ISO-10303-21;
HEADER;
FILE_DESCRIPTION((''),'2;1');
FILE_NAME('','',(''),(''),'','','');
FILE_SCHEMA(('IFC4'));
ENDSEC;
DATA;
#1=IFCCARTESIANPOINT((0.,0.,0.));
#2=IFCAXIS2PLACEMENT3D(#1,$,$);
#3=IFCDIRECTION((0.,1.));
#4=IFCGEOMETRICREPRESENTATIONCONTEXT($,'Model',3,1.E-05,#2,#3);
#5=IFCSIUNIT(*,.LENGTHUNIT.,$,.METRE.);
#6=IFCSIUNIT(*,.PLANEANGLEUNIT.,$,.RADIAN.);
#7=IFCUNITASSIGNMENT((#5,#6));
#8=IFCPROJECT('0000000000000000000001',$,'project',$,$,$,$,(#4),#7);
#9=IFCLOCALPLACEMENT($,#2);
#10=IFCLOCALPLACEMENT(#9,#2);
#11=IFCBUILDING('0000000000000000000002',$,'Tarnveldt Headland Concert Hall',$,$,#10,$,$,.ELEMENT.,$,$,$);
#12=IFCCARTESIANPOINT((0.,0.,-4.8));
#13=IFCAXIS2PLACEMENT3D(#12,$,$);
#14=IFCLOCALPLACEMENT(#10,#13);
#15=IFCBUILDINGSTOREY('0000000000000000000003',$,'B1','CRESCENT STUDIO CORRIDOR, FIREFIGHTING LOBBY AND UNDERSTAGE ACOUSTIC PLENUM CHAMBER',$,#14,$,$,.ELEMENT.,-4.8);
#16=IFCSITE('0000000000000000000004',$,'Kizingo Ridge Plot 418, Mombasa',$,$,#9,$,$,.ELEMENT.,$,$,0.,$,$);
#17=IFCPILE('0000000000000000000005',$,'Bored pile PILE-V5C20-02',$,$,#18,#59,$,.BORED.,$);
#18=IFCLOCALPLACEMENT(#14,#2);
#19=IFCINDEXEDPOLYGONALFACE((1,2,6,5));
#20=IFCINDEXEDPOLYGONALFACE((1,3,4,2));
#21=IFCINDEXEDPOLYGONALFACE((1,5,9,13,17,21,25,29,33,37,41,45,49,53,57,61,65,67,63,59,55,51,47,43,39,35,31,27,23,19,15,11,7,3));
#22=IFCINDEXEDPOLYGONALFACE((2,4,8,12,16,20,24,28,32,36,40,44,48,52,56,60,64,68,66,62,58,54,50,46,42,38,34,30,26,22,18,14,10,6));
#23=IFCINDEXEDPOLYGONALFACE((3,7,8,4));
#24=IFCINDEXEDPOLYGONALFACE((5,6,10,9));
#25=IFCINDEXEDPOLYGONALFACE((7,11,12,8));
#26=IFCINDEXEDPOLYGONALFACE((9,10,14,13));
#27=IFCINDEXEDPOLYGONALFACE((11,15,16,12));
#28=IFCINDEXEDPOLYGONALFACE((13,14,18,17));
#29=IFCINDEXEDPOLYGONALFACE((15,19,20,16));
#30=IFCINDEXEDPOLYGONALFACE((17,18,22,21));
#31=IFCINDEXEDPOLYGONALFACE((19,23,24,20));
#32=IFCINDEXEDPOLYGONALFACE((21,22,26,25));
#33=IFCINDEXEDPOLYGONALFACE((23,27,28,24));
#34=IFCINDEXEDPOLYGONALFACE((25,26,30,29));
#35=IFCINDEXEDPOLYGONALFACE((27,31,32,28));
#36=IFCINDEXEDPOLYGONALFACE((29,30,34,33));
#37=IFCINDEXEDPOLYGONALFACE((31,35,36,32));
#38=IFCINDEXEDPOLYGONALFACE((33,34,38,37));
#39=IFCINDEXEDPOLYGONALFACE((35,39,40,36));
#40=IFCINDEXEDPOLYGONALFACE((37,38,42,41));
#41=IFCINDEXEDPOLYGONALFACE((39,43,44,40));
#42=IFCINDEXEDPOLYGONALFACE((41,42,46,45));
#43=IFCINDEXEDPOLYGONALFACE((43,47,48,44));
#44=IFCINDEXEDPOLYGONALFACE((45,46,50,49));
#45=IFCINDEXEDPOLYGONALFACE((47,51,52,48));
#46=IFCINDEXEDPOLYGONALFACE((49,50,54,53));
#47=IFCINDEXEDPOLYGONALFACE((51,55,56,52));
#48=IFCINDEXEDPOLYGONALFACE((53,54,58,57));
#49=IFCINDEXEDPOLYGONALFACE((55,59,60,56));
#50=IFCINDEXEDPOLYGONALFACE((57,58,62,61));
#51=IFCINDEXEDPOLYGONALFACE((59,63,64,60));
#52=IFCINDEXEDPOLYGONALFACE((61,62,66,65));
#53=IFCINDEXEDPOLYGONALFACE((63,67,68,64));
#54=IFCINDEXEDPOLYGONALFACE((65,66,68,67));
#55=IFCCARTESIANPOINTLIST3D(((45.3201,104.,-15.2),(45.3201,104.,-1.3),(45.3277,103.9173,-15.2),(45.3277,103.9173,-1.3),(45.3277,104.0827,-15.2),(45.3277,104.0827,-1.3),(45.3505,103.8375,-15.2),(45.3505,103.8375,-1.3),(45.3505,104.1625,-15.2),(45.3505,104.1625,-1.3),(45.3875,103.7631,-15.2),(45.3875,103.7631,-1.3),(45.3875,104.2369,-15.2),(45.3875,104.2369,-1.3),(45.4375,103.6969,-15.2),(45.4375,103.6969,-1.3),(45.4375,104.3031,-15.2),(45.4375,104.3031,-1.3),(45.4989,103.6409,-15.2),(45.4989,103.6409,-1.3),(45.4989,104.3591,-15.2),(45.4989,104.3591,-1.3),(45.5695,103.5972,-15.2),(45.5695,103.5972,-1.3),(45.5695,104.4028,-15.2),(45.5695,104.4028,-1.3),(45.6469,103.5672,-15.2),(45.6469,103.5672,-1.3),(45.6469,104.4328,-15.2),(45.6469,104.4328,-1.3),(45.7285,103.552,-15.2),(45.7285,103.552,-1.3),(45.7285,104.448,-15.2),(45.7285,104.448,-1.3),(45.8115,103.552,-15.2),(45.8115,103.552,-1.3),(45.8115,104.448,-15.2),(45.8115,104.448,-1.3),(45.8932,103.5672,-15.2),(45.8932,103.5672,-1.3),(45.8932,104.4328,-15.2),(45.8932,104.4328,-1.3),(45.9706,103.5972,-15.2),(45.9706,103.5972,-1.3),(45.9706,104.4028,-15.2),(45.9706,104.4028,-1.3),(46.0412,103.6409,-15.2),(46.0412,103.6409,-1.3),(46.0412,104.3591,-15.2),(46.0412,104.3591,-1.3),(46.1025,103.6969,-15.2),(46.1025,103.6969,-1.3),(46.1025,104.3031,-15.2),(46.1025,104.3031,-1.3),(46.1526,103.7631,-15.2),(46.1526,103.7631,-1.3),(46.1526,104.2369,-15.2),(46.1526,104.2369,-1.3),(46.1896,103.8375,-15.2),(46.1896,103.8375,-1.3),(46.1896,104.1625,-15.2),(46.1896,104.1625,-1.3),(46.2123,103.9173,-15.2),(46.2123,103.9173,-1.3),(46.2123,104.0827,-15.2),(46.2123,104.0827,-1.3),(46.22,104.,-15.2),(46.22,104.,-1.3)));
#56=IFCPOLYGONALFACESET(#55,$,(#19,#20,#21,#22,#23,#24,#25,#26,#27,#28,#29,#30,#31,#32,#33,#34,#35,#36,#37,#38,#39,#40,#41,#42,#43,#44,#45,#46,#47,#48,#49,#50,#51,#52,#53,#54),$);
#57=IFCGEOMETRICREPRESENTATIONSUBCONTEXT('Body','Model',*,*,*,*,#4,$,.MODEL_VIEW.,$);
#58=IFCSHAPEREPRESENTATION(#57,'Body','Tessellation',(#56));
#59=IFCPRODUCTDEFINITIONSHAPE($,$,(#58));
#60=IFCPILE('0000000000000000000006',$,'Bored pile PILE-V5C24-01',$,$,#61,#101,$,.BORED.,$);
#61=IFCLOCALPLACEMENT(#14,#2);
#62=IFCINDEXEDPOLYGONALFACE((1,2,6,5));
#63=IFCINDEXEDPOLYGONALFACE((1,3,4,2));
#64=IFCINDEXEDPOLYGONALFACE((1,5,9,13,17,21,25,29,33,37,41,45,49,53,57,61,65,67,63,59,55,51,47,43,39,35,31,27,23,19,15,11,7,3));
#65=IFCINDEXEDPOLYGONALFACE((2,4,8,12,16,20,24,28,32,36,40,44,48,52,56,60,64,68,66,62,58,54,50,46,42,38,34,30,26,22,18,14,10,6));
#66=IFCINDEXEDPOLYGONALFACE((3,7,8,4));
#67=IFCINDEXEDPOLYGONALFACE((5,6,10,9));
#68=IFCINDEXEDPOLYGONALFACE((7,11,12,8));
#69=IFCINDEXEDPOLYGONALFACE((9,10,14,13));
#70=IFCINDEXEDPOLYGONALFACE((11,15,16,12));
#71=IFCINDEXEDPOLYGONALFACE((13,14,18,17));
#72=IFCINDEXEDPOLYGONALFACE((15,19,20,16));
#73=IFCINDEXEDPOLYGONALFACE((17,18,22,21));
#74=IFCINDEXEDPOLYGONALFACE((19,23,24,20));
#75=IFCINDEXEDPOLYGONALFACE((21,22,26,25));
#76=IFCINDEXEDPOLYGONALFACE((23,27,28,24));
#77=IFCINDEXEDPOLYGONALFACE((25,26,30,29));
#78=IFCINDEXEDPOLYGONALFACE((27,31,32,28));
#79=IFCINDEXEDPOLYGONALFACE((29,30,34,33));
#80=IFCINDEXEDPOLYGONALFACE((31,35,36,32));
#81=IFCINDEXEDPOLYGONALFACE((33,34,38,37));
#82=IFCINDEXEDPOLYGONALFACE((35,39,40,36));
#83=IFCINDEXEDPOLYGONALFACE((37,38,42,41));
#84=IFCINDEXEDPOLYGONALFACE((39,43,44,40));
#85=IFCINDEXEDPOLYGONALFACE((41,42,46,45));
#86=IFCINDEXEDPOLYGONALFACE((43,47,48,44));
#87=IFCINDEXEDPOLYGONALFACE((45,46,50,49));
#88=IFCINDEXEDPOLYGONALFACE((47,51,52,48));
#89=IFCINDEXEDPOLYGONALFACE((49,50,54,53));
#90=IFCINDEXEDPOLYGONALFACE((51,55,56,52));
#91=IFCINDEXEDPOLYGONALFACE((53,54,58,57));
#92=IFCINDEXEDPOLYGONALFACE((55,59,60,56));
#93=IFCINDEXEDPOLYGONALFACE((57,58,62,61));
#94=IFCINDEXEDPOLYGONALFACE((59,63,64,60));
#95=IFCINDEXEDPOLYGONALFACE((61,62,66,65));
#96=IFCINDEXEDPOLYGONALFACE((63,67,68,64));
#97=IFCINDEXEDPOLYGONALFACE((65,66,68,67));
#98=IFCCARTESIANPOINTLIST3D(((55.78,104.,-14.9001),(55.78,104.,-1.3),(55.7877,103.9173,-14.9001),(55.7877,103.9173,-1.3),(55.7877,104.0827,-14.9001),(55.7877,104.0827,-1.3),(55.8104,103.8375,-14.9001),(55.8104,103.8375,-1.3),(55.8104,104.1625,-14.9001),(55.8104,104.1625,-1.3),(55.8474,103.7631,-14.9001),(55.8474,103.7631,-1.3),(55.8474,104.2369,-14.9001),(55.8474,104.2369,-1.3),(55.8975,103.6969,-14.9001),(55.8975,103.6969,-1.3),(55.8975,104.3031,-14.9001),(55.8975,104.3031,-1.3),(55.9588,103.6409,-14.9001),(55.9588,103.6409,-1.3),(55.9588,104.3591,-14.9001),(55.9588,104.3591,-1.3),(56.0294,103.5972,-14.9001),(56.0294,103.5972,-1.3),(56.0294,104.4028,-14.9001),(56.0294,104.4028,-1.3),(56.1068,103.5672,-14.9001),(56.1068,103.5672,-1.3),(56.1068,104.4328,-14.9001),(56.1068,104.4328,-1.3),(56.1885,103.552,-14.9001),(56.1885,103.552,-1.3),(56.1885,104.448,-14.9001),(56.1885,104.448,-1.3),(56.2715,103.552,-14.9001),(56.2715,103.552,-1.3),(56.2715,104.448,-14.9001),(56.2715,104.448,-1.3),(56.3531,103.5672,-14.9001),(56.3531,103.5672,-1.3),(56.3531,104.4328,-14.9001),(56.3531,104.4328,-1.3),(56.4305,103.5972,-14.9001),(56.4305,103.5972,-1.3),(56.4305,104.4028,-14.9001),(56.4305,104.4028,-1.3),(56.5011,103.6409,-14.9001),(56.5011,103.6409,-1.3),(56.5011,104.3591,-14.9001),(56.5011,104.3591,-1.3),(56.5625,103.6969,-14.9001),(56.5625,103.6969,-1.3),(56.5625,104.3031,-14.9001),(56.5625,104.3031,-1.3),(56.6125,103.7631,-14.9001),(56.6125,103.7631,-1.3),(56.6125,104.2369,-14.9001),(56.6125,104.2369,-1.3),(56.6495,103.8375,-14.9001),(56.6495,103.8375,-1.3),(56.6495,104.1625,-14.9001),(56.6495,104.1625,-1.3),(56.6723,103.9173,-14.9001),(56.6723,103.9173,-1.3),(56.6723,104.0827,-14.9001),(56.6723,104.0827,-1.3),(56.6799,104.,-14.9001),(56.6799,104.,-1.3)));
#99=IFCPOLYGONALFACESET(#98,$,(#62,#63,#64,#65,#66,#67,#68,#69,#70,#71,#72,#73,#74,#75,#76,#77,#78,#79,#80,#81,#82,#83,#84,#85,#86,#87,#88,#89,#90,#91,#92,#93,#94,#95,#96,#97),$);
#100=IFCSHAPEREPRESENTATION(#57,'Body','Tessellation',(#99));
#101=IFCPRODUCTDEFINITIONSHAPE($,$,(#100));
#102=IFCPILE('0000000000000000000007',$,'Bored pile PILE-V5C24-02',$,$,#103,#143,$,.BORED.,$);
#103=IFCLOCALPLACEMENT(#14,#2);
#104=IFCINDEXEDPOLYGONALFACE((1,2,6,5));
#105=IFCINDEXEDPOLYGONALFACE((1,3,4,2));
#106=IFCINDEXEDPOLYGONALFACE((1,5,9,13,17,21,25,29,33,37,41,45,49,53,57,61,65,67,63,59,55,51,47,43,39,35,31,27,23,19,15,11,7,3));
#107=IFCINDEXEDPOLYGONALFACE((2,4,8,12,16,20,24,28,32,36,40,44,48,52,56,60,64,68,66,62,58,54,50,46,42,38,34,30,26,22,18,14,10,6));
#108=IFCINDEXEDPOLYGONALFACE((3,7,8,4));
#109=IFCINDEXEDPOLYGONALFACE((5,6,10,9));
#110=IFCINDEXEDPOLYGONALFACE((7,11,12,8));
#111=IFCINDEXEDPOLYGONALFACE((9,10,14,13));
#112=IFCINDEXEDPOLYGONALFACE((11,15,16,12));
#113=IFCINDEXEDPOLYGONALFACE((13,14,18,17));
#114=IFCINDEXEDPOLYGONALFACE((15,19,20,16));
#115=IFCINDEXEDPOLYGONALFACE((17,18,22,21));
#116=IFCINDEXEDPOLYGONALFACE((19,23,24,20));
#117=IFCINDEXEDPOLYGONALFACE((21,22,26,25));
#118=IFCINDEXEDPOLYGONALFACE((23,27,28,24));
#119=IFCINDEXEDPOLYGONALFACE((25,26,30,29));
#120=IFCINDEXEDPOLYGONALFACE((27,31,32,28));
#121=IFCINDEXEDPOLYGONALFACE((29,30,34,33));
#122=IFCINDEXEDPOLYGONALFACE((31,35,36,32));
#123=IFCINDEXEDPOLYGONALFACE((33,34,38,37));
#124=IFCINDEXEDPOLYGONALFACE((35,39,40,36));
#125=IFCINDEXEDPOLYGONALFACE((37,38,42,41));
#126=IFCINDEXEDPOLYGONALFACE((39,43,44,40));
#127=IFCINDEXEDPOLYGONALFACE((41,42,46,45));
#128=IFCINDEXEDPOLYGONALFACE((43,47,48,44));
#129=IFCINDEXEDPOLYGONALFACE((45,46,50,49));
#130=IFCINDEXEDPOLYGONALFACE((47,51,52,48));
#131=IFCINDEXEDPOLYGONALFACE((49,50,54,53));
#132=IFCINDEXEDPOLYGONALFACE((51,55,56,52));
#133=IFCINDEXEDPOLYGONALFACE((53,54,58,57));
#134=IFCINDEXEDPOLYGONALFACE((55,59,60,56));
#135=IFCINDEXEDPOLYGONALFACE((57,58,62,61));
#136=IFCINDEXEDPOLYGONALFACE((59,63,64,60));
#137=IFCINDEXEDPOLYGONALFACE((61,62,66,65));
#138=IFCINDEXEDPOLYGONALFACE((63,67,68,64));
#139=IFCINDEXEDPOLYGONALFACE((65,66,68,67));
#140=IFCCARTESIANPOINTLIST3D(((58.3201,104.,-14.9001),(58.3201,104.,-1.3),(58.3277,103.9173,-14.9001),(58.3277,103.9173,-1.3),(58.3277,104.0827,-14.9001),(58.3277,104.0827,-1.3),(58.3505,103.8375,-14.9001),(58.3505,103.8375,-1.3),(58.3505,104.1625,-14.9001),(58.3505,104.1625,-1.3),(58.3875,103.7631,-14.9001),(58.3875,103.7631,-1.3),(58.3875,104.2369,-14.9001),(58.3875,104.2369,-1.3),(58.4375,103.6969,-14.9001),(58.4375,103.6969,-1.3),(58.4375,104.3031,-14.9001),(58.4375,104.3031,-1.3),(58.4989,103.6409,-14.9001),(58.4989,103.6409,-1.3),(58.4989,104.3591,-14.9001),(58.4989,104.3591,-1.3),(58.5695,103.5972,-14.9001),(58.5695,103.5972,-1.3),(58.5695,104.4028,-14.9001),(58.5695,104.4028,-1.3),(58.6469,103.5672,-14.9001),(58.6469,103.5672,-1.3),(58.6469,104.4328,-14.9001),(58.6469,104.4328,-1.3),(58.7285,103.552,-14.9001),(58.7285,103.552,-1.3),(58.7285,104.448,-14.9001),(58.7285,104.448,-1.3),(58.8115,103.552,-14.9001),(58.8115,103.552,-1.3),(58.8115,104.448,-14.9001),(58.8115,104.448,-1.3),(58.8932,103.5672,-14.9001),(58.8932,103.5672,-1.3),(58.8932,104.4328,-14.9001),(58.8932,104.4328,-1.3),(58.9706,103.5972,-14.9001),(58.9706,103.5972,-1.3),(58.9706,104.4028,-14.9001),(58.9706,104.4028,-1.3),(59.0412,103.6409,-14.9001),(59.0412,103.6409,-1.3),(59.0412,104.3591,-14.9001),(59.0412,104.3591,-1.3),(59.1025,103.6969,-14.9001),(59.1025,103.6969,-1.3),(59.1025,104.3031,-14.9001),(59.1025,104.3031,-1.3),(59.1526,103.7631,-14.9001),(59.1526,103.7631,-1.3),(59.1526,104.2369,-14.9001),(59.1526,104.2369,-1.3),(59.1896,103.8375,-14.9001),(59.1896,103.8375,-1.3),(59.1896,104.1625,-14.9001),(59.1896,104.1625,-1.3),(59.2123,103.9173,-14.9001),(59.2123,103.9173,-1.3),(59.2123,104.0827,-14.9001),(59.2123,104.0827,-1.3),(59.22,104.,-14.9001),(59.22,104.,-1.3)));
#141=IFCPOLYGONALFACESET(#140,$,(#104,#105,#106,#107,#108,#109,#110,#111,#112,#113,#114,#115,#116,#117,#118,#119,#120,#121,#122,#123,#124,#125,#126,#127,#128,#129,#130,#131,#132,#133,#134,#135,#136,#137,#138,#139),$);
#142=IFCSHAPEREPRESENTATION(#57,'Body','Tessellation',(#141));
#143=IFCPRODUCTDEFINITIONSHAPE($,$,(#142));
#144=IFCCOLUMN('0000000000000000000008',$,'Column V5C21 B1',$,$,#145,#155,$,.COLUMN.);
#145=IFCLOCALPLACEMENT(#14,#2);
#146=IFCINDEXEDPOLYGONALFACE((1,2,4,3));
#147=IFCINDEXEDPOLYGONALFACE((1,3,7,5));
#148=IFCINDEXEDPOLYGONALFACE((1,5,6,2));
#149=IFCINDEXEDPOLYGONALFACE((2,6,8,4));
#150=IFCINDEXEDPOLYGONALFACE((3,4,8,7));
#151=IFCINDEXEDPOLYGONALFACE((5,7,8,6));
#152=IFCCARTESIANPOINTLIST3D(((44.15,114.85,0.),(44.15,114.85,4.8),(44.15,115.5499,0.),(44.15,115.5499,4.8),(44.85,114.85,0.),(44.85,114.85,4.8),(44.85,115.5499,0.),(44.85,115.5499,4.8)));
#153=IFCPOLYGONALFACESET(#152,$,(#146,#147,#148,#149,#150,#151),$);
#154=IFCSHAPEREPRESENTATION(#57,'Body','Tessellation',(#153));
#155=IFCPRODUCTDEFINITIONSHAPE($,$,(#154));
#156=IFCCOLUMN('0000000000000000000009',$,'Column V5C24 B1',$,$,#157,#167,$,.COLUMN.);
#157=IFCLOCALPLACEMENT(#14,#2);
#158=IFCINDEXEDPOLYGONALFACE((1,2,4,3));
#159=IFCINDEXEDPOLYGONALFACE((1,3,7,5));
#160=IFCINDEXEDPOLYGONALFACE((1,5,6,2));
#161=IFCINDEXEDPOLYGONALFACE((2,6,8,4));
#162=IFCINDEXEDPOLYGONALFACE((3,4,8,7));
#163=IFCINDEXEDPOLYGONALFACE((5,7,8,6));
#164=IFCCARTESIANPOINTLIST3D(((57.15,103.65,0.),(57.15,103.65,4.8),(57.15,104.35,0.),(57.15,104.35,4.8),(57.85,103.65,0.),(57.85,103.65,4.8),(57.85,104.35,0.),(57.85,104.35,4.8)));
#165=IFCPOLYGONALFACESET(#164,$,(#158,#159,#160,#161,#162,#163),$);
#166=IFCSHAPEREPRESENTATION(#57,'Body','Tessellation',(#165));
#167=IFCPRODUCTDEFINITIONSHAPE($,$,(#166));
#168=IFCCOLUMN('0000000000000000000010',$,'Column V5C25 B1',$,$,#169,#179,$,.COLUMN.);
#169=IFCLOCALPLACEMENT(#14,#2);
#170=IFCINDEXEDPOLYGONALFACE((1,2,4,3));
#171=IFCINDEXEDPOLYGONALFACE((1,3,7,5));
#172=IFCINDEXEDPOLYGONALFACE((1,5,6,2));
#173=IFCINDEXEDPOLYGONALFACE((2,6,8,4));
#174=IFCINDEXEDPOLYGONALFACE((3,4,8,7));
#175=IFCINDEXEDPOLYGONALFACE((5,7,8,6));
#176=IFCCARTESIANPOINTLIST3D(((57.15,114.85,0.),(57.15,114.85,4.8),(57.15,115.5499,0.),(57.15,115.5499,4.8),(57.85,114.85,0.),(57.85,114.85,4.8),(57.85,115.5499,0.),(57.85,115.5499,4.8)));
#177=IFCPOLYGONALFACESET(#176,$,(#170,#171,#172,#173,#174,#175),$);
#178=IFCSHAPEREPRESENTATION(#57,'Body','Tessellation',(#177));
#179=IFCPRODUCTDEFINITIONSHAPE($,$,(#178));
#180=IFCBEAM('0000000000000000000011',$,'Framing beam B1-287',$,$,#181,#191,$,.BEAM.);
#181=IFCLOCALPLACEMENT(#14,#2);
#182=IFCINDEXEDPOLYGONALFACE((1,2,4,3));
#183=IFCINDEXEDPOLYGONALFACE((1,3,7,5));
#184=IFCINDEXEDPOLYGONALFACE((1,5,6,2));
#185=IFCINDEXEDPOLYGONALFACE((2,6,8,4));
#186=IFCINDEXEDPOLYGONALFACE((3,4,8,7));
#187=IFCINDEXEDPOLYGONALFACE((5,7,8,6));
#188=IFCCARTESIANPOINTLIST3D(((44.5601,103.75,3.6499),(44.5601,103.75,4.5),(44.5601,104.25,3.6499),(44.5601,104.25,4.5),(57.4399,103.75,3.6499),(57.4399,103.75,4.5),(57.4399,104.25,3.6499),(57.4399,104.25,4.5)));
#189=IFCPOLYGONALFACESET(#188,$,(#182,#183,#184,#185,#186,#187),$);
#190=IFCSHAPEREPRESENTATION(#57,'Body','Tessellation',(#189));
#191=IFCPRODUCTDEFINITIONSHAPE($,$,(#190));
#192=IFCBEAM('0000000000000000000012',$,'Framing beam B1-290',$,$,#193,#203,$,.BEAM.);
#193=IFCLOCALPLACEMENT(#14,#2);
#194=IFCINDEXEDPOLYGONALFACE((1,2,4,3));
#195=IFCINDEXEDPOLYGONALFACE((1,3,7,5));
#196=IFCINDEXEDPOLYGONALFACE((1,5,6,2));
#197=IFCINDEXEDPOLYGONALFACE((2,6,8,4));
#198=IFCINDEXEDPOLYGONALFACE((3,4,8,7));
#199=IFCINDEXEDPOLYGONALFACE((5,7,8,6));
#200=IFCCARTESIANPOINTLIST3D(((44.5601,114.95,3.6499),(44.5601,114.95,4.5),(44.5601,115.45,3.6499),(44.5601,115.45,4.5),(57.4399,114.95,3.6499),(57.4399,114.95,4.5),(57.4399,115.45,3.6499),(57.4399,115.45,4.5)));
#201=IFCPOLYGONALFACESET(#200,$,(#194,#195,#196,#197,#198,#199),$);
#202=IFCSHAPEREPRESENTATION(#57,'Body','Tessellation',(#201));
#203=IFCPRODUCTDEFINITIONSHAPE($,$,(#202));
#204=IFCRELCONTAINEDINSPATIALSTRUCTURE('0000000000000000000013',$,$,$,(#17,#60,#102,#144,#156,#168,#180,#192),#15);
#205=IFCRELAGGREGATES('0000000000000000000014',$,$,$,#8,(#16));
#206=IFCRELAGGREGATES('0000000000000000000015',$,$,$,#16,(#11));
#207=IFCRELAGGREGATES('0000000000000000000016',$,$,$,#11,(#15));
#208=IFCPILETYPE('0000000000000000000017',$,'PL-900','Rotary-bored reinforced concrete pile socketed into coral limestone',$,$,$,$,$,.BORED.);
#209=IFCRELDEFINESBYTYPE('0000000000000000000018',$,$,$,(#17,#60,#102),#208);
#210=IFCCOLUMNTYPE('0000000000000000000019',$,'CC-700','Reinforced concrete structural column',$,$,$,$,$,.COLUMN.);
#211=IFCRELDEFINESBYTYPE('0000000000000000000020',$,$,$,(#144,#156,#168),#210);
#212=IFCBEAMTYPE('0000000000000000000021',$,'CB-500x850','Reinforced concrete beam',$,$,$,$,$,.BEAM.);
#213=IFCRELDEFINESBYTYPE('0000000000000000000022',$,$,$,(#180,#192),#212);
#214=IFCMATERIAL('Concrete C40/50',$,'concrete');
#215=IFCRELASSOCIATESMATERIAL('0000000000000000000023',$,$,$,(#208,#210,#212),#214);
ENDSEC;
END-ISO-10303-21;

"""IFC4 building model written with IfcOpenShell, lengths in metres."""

from ifc_helpers import new_model, si_unit, direction, frame, origin, origin_2d, place, context, subcontext, project, spatial, rectangle, circle, extrude, material, material_profile, profile_set, type_object, element, save


model = new_model("IFC4")

# Units and contexts
model_context = context("Model", 3, precision=1e-05, world=origin(), true_north=direction((0.0, 1.0)))
body_context = subcontext(model_context, "Body", "Model", "MODEL_VIEW")
ifc_project = project(units=[si_unit("LENGTHUNIT", "METRE"), si_unit("PLANEANGLEUNIT", "RADIAN")], contexts=[model_context])

# Site, building, storey
site_placement = place(None, origin())
site = spatial("IfcSite", under=ifc_project, at=site_placement, Name="Kizingo Ridge Plot 418, Mombasa", CompositionType="ELEMENT", RefElevation=0.0)
building_placement = place(site_placement, origin())
building = spatial("IfcBuilding", under=site, at=building_placement, Name="Tarnveldt Headland Concert Hall", CompositionType="ELEMENT")
storey_placement = place(building_placement, frame((0.0, 0.0, -4.8)))
storey = spatial("IfcBuildingStorey", under=building, at=storey_placement, Name="B1", Description="CRESCENT STUDIO CORRIDOR, FIREFIGHTING LOBBY AND UNDERSTAGE ACOUSTIC PLENUM CHAMBER", CompositionType="ELEMENT", Elevation=-4.8)

# Shared definitions
ifc_material_1 = material(Name="Concrete C40/50", Category="concrete")

# Piles
ifc_material_profile_1 = material_profile(ifc_material_1, circle(Radius=0.45, at=origin_2d()), Name="BORED PILE D900", Category="concrete")
ifc_profile_set_1 = profile_set([ifc_material_profile_1], Name="Concrete C40/50")
pile_type_1 = type_object("IfcPileType", Name="PL-900", Description="Rotary-bored reinforced concrete pile socketed into coral limestone", PredefinedType="BORED", material=ifc_profile_set_1)
pile_1_placement = place(storey_placement, frame((45.77, 104.0, -1.3), z_axis=(0.0, 0.0, -1.0), x_axis=(1.0, 0.0, 0.0)))
element("IfcPile", 1, at=pile_1_placement, inside=storey, type_object=pile_type_1, Name="Bored pile PILE-V5C20-02", PredefinedType="BORED", context=body_context, shape_type="SweptSolid", body=[
    extrude(circle(Radius=0.45, at=origin_2d()), origin(), (0.0, 0.0, 1.0), 13.8999),
])
for number, where, z_axis, x_axis, name in (
    (2, (56.23, 104.0, -1.3), (0.0, 0.0, -1.0), (1.0, 0.0, 0.0), "Bored pile PILE-V5C24-01"),
    (3, (58.77, 104.0, -1.3), (0.0, 0.0, -1.0), (1.0, 0.0, 0.0), "Bored pile PILE-V5C24-02"),
):
    element("IfcPile", number, at=place(storey_placement, frame(where, z_axis=z_axis, x_axis=x_axis)), inside=storey, type_object=pile_type_1, Name=name, PredefinedType="BORED", context=body_context, shape_type="SweptSolid", body=[
        extrude(circle(Radius=0.45, at=origin_2d()), origin(), (0.0, 0.0, 1.0), 13.6001),
    ])

# Columns
ifc_material_profile_2 = material_profile(ifc_material_1, rectangle(XDim=0.7, YDim=0.7, at=origin_2d()), Name="RC 700x700", Category="concrete")
ifc_profile_set_2 = profile_set([ifc_material_profile_2], Name="Concrete C40/50")
column_type = type_object("IfcColumnType", Name="CC-700", Description="Reinforced concrete structural column", PredefinedType="COLUMN", material=ifc_profile_set_2)
for number, where, z_axis, x_axis, name in (
    (4, (44.5, 115.2, 0.0), (0.0, 0.0, 1.0), (1.0, 0.0, 0.0), "Column V5C21 B1"),
    (5, (57.5, 104.0, 0.0), (0.0, 0.0, 1.0), (1.0, 0.0, 0.0), "Column V5C24 B1"),
    (6, (57.5, 115.2, 0.0), (0.0, 0.0, 1.0), (1.0, 0.0, 0.0), "Column V5C25 B1"),
):
    element("IfcColumn", number, at=place(storey_placement, frame(where, z_axis=z_axis, x_axis=x_axis)), inside=storey, type_object=column_type, Name=name, PredefinedType="COLUMN", context=body_context, shape_type="SweptSolid", body=[
        extrude(rectangle(XDim=0.7, YDim=0.7, at=origin_2d()), origin(), (0.0, 0.0, 1.0), 4.8),
    ])

# Beams
ifc_material_profile_3 = material_profile(ifc_material_1, rectangle(XDim=0.5, YDim=0.8501, at=origin_2d()), Name="RC 500x850", Category="concrete")
ifc_profile_set_3 = profile_set([ifc_material_profile_3], Name="Concrete C40/50")
beam_type_1 = type_object("IfcBeamType", Name="CB-500x850", Description="Reinforced concrete beam", PredefinedType="BEAM", material=ifc_profile_set_3)
for number, where, z_axis, x_axis, name in (
    (7, (44.5601, 104.0, 4.075), (1.0, 0.0, 0.0), (0.0, 1.0, 0.0), "Framing beam B1-287"),
    (8, (44.5601, 115.2, 4.075), (1.0, 0.0, 0.0), (0.0, 1.0, 0.0), "Framing beam B1-290"),
):
    element("IfcBeam", number, at=place(storey_placement, frame(where, z_axis=z_axis, x_axis=x_axis)), inside=storey, type_object=beam_type_1, Name=name, PredefinedType="BEAM", context=body_context, shape_type="SweptSolid", body=[
        extrude(rectangle(XDim=0.5, YDim=0.8501, at=origin_2d()), origin(), (0.0, 0.0, 1.0), 12.8799),
    ])

save(model, "model.ifc")
